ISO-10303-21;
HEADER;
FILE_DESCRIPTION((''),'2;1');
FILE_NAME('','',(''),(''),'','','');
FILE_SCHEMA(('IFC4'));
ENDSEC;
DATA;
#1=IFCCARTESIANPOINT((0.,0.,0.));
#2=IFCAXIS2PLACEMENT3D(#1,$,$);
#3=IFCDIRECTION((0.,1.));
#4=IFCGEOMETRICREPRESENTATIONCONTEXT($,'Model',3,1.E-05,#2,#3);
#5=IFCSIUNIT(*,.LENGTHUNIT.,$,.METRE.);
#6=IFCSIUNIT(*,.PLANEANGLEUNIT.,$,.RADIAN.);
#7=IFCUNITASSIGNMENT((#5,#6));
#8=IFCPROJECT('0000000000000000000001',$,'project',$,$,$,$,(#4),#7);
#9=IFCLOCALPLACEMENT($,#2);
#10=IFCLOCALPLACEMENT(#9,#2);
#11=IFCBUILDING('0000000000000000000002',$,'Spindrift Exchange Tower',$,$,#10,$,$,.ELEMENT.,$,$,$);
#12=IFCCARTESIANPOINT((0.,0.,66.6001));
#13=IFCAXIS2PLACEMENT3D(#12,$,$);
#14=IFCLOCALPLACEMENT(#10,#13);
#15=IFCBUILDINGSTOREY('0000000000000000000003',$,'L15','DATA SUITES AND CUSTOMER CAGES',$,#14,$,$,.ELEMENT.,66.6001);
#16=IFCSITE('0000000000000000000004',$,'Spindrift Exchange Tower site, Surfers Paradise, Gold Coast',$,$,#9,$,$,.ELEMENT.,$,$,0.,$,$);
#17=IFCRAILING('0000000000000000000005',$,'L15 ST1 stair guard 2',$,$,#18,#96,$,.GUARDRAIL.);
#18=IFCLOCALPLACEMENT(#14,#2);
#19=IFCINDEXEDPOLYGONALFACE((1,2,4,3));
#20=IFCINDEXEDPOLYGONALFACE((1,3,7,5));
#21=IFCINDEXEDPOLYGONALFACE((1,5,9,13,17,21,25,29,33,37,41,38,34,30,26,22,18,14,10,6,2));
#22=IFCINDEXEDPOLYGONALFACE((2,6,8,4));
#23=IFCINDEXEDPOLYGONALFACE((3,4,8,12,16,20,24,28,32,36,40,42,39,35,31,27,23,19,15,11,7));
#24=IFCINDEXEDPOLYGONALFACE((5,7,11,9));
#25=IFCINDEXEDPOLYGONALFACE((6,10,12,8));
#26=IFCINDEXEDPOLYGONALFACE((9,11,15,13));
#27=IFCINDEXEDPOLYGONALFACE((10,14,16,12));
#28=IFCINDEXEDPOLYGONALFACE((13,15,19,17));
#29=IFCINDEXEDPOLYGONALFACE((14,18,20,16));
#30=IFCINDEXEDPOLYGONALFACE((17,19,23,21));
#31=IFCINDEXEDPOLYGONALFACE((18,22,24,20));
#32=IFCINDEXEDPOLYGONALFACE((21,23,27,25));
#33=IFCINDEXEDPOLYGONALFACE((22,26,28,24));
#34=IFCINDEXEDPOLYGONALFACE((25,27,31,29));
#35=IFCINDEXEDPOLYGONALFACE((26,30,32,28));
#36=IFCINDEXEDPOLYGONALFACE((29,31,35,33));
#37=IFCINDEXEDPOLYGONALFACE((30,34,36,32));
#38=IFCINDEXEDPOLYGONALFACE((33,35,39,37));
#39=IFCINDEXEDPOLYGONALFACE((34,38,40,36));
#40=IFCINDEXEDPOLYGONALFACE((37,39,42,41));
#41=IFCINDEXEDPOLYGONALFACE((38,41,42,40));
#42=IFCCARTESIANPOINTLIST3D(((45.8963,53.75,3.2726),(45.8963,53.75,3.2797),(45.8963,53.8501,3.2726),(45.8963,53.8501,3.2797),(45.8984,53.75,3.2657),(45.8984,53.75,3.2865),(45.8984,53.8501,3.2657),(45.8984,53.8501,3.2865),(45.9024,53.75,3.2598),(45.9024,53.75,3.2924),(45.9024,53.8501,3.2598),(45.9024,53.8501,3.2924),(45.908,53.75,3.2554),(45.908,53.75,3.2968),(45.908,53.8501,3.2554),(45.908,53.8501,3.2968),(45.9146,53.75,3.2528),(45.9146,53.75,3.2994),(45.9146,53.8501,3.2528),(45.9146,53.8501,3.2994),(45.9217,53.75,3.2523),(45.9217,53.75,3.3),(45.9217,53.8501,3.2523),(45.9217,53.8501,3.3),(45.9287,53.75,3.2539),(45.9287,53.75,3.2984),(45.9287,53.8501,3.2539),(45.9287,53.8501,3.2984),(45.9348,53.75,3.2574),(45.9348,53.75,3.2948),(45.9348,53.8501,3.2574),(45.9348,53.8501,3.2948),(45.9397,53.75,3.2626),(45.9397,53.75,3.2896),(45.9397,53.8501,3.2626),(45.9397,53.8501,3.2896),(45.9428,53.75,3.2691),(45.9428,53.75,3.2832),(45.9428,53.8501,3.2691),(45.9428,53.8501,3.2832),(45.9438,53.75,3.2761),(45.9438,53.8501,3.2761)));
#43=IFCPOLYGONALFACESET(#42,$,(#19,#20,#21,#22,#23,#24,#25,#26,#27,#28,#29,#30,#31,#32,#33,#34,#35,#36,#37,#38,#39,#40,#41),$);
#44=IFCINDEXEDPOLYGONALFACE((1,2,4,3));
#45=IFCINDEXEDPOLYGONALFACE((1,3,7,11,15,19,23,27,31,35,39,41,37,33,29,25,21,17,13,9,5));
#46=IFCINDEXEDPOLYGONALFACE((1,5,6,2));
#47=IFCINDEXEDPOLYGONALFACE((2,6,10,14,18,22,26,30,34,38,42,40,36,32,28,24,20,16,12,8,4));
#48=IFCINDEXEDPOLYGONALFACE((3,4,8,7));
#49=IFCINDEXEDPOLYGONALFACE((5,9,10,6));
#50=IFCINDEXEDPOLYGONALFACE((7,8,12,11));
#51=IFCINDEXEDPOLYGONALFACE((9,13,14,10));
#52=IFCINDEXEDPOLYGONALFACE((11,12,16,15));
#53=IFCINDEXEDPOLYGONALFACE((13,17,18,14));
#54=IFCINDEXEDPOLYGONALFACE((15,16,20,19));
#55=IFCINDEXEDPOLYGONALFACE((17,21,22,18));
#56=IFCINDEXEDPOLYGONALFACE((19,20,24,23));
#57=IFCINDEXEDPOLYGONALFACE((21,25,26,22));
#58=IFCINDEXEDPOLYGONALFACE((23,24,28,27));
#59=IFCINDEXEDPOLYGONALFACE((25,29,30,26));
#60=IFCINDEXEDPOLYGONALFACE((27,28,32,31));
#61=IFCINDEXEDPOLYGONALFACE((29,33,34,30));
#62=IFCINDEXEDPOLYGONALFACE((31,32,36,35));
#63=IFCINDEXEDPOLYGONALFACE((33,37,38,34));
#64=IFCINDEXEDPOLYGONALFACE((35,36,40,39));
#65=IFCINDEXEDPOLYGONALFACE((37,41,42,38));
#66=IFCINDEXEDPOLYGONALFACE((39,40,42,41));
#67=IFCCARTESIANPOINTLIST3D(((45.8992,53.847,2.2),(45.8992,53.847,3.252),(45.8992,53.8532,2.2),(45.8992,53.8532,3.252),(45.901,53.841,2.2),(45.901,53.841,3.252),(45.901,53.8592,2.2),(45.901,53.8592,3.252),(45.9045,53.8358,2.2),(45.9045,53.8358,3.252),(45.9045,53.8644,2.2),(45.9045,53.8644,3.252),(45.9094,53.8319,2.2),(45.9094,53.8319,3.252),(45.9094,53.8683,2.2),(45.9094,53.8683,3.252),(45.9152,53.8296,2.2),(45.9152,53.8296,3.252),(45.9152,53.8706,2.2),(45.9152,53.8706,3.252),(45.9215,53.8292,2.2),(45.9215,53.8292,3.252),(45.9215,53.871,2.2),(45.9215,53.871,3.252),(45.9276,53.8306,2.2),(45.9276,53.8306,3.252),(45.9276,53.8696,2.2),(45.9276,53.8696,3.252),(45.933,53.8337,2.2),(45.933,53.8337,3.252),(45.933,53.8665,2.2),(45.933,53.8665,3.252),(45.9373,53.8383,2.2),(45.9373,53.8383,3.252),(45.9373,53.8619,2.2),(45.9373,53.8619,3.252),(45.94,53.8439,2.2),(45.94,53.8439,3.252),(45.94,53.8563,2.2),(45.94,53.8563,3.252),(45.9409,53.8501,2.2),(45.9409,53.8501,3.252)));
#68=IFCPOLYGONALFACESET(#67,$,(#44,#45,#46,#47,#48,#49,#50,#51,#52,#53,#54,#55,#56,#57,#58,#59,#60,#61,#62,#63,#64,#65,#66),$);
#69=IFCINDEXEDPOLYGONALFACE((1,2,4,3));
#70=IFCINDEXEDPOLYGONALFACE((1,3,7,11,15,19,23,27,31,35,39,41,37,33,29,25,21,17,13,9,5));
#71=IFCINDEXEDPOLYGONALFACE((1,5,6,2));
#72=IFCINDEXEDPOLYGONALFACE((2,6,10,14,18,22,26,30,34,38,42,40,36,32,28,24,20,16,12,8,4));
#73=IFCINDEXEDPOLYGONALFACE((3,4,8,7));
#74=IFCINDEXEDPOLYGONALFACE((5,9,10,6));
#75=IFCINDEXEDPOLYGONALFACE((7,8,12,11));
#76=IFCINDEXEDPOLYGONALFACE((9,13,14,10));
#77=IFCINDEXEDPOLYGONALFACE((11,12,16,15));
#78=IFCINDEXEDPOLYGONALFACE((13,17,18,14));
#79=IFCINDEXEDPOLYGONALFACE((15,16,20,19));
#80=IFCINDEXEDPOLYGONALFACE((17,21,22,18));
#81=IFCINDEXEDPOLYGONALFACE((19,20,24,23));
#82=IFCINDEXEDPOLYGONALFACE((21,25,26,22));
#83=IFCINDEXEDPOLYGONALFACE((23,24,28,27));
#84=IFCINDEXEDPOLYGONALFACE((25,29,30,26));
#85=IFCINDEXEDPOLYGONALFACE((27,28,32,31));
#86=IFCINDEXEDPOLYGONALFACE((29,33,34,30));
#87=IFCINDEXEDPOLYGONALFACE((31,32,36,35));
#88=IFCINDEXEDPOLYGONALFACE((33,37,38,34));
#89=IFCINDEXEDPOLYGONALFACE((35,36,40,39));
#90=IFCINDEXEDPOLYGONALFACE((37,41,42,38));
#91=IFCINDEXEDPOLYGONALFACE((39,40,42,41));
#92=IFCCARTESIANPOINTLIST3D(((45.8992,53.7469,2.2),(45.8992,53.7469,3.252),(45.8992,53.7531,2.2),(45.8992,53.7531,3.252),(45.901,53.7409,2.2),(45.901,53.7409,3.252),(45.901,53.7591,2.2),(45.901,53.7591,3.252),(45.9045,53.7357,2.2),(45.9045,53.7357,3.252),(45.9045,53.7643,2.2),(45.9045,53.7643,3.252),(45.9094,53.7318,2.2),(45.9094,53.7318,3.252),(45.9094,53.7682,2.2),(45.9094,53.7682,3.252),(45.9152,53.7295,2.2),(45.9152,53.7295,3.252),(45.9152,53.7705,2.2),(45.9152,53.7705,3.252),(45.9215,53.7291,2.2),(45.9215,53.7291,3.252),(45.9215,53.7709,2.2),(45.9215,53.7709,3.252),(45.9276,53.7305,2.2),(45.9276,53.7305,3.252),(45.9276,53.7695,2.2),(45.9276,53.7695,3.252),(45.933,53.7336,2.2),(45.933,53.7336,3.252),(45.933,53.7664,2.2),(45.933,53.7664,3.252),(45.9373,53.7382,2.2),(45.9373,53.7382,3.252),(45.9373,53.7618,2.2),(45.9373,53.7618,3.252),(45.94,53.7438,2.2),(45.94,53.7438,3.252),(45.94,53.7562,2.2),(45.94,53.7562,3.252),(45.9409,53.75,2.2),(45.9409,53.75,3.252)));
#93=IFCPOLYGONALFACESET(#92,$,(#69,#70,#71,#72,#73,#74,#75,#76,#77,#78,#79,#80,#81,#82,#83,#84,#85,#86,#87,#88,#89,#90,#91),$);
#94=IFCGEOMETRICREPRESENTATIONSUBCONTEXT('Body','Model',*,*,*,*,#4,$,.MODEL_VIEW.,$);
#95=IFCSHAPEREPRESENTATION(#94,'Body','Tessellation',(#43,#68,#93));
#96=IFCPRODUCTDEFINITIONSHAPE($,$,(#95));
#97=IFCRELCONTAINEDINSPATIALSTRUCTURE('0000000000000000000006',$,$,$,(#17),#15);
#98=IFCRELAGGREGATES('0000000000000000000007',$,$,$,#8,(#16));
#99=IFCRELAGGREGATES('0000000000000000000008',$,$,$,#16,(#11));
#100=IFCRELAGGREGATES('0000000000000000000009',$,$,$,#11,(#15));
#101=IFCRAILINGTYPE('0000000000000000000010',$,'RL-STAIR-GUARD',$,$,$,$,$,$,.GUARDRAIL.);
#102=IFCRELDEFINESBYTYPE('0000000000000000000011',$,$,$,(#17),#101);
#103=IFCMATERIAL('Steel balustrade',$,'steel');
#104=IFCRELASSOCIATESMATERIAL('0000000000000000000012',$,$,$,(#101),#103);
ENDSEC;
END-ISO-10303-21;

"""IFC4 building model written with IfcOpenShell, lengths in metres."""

from ifc_helpers import new_model, si_unit, direction, frame, origin, origin_2d, place, context, subcontext, project, spatial, circle, extrude, material, type_object, element, save


model = new_model("IFC4")

# Units and contexts
model_context = context("Model", 3, precision=1e-05, world=origin(), true_north=direction((0.0, 1.0)))
body_context = subcontext(model_context, "Body", "Model", "MODEL_VIEW")
ifc_project = project(units=[si_unit("LENGTHUNIT", "METRE"), si_unit("PLANEANGLEUNIT", "RADIAN")], contexts=[model_context])

# Site, building, storey
site_placement = place(None, origin())
site = spatial("IfcSite", under=ifc_project, at=site_placement, Name="Spindrift Exchange Tower site, Surfers Paradise, Gold Coast", CompositionType="ELEMENT", RefElevation=0.0)
building_placement = place(site_placement, origin())
building = spatial("IfcBuilding", under=site, at=building_placement, Name="Spindrift Exchange Tower", CompositionType="ELEMENT")
storey_placement = place(building_placement, frame((0.0, 0.0, 66.6001)))
storey = spatial("IfcBuildingStorey", under=building, at=storey_placement, Name="L15", Description="DATA SUITES AND CUSTOMER CAGES", CompositionType="ELEMENT", Elevation=66.6001)

# Railing
ifc_material_1 = material(Name="Steel balustrade", Category="steel")
railing_type_1 = type_object("IfcRailingType", Name="RL-STAIR-GUARD", PredefinedType="GUARDRAIL", material=ifc_material_1)
railing_1_placement = place(storey_placement, frame((45.9199, 53.8501, 2.2)))
element("IfcRailing", 1, at=railing_1_placement, inside=storey, type_object=railing_type_1, Name="L15 ST1 stair guard 2", PredefinedType="GUARDRAIL", context=body_context, shape_type="SweptSolid", body=[
    extrude(circle(Radius=0.0239, at=origin_2d()), frame((0.0, 0.0, 1.0762), z_axis=(0.0, -1.0, 0.0), x_axis=(1.0, 0.0, 0.0)), (0.0, 0.0, 1.0), 0.1001),
    extrude(circle(Radius=0.021, at=origin_2d()), origin(), (0.0, 0.0, 1.0), 1.052),
    extrude(circle(Radius=0.021, at=origin_2d()), frame((0.0, -0.1001, 0.0)), (0.0, 0.0, 1.0), 1.052),
])

save(model, "model.ifc")
